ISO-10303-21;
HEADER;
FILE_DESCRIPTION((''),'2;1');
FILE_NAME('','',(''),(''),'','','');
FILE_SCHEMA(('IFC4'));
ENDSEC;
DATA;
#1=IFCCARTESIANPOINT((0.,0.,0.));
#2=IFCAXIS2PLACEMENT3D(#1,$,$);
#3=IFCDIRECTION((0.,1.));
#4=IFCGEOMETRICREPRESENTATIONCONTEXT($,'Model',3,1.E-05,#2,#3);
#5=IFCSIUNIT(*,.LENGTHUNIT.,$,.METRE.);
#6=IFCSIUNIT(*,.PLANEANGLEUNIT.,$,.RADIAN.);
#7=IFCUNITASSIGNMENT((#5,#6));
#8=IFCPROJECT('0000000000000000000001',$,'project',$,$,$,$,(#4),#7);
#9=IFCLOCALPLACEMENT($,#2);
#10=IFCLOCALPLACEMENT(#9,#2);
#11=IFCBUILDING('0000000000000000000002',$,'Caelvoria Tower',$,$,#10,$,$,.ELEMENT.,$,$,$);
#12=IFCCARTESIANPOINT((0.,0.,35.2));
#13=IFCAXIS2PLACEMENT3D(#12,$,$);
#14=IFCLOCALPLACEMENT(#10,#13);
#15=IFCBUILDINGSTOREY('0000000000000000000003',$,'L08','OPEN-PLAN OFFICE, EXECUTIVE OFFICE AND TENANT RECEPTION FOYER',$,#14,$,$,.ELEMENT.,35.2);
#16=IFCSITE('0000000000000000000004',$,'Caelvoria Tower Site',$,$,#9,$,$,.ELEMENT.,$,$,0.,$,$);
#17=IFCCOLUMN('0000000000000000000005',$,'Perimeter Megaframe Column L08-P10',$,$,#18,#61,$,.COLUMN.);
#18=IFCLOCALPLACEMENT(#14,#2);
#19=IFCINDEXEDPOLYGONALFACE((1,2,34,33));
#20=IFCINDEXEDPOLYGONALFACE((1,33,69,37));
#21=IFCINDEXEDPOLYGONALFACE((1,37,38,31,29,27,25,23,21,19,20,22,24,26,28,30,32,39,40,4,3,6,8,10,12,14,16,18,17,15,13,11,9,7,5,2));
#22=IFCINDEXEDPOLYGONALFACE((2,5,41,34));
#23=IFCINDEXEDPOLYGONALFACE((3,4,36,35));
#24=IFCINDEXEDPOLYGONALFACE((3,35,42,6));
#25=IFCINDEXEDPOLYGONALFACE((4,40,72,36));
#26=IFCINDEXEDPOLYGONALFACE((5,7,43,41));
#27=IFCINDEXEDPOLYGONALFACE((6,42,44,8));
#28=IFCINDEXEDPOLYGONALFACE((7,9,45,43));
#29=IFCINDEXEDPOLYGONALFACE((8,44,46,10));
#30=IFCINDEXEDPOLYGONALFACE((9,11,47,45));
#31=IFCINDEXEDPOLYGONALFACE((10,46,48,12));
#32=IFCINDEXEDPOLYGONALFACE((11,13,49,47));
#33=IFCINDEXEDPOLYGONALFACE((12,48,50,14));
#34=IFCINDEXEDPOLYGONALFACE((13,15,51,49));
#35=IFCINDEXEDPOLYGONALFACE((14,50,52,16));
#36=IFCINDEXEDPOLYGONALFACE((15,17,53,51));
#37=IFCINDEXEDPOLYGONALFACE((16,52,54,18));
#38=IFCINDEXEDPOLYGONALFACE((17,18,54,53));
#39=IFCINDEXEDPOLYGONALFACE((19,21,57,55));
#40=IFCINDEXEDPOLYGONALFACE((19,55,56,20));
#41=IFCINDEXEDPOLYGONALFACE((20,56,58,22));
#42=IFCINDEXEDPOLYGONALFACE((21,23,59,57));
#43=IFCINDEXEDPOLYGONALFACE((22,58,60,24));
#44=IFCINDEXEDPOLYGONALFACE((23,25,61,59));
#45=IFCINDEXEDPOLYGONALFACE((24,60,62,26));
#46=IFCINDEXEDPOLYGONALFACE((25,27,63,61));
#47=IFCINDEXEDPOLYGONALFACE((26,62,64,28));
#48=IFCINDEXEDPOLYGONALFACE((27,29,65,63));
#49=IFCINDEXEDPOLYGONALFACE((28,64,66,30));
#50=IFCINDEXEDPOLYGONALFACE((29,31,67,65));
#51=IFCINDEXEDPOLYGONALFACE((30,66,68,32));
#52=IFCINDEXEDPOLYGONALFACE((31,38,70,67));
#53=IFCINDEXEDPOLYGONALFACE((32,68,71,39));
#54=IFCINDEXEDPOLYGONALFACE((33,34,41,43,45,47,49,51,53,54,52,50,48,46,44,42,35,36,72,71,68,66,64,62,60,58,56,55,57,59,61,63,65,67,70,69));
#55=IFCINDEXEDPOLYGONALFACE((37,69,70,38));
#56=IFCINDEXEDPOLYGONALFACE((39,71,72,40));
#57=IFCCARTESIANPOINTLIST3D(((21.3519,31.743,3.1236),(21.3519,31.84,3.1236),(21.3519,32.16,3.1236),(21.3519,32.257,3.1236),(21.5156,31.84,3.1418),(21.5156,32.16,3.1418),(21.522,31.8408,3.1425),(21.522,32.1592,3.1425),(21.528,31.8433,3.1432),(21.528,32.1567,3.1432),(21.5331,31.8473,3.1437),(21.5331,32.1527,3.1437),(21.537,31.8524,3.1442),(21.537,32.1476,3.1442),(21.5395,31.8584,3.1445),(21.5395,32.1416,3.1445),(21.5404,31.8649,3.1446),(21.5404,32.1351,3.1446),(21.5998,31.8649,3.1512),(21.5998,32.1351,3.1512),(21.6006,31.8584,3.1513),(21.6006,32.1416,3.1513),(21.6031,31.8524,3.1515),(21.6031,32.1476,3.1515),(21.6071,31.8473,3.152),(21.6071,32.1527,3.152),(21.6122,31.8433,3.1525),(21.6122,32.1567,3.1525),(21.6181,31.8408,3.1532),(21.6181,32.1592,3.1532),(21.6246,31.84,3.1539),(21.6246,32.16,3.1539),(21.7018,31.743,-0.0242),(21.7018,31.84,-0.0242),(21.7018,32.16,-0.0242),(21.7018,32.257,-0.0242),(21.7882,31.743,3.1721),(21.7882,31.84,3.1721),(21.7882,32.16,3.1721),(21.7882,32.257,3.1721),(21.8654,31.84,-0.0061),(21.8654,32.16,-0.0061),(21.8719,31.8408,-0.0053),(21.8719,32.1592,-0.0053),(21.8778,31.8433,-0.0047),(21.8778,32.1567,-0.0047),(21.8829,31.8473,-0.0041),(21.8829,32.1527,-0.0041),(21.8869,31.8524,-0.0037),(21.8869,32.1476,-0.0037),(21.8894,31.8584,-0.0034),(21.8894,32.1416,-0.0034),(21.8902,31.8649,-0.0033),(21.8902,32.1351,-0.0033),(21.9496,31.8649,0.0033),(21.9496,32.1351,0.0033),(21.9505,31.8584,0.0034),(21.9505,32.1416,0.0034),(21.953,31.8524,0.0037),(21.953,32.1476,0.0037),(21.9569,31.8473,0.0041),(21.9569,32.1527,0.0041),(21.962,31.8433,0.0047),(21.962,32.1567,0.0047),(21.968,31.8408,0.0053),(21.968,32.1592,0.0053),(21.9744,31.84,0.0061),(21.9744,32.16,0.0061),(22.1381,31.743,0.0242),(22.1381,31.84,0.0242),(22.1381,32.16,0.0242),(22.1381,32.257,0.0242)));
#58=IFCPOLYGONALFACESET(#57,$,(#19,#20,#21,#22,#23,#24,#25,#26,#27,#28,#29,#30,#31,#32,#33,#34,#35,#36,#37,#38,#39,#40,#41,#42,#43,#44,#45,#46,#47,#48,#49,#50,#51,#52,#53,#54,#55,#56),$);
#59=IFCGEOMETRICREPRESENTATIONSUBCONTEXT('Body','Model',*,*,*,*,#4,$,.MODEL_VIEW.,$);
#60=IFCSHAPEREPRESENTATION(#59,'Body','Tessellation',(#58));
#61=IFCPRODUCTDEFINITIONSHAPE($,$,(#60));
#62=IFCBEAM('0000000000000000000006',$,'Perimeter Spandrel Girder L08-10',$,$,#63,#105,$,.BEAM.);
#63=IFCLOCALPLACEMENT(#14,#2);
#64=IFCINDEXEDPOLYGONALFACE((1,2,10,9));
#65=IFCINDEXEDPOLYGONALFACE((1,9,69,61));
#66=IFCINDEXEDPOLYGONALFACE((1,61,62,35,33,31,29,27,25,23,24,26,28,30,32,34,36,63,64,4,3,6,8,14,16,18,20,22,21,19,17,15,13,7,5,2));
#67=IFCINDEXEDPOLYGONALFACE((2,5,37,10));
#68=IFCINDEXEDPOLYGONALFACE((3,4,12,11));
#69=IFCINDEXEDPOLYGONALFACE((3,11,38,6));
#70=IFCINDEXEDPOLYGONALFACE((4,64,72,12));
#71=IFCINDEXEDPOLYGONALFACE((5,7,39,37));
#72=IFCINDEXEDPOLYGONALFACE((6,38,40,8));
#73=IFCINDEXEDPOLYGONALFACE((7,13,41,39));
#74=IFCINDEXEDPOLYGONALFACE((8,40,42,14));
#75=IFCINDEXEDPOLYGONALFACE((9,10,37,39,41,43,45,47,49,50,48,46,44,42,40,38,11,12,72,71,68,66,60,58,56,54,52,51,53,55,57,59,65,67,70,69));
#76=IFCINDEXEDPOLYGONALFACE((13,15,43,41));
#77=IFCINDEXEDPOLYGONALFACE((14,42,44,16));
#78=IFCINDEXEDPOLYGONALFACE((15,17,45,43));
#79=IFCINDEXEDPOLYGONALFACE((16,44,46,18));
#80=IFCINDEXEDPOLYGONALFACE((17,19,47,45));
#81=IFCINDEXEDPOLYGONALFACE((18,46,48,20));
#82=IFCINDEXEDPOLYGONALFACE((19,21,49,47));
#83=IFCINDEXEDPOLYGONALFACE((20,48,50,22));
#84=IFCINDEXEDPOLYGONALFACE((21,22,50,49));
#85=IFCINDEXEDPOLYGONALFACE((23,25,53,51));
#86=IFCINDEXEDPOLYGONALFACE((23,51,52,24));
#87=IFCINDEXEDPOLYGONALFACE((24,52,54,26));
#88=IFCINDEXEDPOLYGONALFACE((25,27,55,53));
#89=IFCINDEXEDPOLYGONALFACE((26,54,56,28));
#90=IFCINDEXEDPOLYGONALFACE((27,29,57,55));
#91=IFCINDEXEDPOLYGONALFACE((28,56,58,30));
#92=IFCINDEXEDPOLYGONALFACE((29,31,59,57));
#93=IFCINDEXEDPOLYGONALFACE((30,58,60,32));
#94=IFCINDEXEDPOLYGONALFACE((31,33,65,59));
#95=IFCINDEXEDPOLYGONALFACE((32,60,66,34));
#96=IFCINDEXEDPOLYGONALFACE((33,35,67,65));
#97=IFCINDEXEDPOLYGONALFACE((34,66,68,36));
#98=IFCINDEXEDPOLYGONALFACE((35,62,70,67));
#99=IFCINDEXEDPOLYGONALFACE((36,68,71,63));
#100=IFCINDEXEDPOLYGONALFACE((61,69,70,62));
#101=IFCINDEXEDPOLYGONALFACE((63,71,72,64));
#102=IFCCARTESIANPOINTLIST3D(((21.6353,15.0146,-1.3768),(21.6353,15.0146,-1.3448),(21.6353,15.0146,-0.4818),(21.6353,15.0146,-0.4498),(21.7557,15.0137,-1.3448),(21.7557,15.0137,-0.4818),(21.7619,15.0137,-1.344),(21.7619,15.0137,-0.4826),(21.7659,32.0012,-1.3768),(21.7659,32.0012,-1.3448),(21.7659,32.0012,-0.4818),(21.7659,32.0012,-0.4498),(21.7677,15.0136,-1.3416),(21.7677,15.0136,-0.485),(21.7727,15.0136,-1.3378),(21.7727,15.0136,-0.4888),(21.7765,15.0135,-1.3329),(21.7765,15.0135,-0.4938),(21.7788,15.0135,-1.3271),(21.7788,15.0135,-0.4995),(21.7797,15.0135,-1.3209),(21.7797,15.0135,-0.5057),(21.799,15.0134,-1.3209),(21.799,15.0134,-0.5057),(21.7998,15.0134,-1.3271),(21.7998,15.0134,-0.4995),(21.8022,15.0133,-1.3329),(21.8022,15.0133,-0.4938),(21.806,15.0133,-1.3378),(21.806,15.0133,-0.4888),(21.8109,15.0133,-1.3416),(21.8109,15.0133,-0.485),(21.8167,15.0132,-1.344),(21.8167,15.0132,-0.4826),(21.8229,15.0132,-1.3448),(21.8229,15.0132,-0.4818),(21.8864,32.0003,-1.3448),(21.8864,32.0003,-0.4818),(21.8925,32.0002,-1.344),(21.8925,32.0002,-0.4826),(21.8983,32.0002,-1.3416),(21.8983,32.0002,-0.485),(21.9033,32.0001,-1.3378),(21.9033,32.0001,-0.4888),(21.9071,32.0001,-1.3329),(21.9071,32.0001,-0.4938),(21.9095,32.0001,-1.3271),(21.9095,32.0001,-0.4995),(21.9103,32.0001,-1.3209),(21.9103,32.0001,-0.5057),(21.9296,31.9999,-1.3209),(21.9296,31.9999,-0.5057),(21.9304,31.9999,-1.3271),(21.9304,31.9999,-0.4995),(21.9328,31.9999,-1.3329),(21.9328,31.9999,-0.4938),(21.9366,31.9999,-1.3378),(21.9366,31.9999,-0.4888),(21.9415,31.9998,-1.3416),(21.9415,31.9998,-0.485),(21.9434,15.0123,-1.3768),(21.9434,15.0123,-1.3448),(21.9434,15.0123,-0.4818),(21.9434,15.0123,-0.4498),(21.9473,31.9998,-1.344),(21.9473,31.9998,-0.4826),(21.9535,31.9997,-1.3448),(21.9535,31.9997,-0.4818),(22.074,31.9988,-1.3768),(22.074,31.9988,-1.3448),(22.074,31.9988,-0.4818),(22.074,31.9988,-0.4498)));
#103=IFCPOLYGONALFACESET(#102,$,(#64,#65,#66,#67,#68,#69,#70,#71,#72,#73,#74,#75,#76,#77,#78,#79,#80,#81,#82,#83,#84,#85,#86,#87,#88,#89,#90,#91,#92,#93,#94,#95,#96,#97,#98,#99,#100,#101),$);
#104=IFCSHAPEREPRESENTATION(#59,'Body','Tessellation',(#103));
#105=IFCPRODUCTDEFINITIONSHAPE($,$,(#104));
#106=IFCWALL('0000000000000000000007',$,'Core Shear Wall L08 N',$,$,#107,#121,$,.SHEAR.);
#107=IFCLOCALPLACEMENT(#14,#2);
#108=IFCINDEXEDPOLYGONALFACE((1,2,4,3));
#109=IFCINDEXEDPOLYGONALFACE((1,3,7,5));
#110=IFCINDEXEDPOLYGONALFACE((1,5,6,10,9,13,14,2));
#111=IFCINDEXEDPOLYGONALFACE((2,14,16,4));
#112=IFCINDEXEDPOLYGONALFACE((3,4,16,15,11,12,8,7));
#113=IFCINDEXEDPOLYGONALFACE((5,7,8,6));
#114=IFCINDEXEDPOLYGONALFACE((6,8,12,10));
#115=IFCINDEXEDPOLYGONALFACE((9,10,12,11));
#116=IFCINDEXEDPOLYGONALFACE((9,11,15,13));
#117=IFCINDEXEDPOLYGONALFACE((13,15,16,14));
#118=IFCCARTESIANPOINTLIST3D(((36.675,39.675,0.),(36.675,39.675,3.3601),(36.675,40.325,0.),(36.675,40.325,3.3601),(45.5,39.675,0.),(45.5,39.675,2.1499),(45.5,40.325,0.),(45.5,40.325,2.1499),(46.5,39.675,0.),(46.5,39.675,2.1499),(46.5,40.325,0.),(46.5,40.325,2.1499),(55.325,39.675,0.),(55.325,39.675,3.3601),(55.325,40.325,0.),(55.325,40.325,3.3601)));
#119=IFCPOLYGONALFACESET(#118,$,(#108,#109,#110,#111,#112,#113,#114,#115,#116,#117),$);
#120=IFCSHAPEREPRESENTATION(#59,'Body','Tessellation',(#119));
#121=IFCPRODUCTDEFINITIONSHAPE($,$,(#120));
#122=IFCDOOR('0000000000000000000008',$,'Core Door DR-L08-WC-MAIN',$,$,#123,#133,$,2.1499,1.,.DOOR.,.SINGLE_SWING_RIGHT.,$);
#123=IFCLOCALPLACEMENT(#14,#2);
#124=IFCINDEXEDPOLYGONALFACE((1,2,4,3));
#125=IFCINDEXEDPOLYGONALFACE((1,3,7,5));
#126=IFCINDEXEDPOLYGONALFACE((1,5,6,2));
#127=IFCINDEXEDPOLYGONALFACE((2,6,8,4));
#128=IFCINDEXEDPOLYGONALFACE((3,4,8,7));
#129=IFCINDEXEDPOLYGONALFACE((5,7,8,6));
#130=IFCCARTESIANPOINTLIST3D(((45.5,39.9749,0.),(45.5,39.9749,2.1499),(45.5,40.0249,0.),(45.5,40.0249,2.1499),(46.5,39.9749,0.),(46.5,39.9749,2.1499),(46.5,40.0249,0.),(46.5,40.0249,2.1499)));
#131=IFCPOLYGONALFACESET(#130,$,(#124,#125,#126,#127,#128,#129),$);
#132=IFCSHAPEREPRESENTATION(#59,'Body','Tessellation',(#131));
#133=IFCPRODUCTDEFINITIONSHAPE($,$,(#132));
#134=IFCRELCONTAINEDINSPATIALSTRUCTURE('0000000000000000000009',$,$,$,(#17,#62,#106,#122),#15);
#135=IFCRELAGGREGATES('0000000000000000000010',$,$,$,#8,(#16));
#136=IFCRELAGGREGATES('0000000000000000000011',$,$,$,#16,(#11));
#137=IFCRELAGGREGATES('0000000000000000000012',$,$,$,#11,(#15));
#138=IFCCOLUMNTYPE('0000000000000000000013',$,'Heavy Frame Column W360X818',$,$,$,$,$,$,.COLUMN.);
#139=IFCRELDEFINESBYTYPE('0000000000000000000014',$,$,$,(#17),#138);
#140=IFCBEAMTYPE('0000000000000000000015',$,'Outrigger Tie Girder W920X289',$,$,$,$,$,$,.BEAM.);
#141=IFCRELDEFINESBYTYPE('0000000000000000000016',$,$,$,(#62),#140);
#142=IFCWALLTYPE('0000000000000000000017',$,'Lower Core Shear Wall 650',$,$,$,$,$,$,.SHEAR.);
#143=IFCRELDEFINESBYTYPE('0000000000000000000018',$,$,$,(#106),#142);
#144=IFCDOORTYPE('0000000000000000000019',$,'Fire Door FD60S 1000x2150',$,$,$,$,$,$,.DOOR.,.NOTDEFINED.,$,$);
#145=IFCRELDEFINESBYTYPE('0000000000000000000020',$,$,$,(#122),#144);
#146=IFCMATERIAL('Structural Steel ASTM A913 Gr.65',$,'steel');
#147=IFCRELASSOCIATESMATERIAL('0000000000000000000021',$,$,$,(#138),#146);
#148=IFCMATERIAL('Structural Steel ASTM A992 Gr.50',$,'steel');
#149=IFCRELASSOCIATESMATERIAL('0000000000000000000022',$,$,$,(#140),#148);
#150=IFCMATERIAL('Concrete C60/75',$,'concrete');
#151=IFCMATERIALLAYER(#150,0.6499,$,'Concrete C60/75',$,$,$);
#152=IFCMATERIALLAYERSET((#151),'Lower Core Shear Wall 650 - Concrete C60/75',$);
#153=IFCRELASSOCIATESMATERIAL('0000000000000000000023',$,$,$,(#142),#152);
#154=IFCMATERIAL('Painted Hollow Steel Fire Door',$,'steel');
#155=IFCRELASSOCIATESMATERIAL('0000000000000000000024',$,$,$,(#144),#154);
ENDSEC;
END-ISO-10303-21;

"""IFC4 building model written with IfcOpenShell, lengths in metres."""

from ifc_helpers import new_model, si_unit, direction, frame, frame_2d, origin, origin_2d, place, context, subcontext, project, spatial, rectangle, i_section, extrude, material, layer, layer_set, material_profile, profile_set, type_object, element, fill, save


model = new_model("IFC4")

# Units and contexts
model_context = context("Model", 3, precision=1e-05, world=origin(), true_north=direction((0.0, 1.0)))
body_context = subcontext(model_context, "Body", "Model", "MODEL_VIEW")
ifc_project = project(units=[si_unit("LENGTHUNIT", "METRE"), si_unit("PLANEANGLEUNIT", "RADIAN")], contexts=[model_context])

# Site, building, storey
site_placement = place(None, origin())
site = spatial("IfcSite", under=ifc_project, at=site_placement, Name="Caelvoria Tower Site", CompositionType="ELEMENT", RefElevation=0.0)
building_placement = place(site_placement, origin())
building = spatial("IfcBuilding", under=site, at=building_placement, Name="Caelvoria Tower", CompositionType="ELEMENT")
storey_placement = place(building_placement, frame((0.0, 0.0, 35.2)))
storey = spatial("IfcBuildingStorey", under=building, at=storey_placement, Name="L08", Description="OPEN-PLAN OFFICE, EXECUTIVE OFFICE AND TENANT RECEPTION FOYER", CompositionType="ELEMENT", Elevation=35.2)

# Column
ifc_material_1 = material(Name="Structural Steel ASTM A913 Gr.65", Category="steel")
ifc_material_profile_1 = material_profile(ifc_material_1, i_section(OverallWidth=0.439, OverallDepth=0.5139, WebThickness=0.0598, FlangeThickness=0.0969, FilletRadius=0.0249, at=origin_2d()), Name="Structural Steel ASTM A913 Gr.65")
ifc_profile_set_1 = profile_set([ifc_material_profile_1], Name="W360X818 - Structural Steel ASTM A913 Gr.65")
column_type = type_object("IfcColumnType", Name="Heavy Frame Column W360X818", PredefinedType="COLUMN", material=ifc_profile_set_1)
column_placement = place(storey_placement, frame((21.9199, 32.0, 0.0), z_axis=(-0.110457, 0.0, 0.993881), x_axis=(0.993881, 0.0, 0.110457)))
element("IfcColumn", 1, at=column_placement, inside=storey, type_object=column_type, Name="Perimeter Megaframe Column L08-P10", PredefinedType="COLUMN", context=body_context, shape_type="SweptSolid", body=[
    extrude(i_section(OverallWidth=0.439, OverallDepth=0.5139, WebThickness=0.0598, FlangeThickness=0.0969, FilletRadius=0.0249, at=origin_2d()), origin(), (0.0, 0.0, 1.0), 3.1672),
])

# Beam
ifc_material_2 = material(Name="Structural Steel ASTM A992 Gr.50", Category="steel")
ifc_material_profile_2 = material_profile(ifc_material_2, i_section(OverallWidth=0.3081, OverallDepth=0.927, WebThickness=0.0193, FlangeThickness=0.032, FilletRadius=0.0239, at=origin_2d()), Name="Structural Steel ASTM A992 Gr.50")
ifc_profile_set_2 = profile_set([ifc_material_profile_2], Name="W920X289 - Structural Steel ASTM A992 Gr.50")
beam_type = type_object("IfcBeamType", Name="Outrigger Tie Girder W920X289", PredefinedType="BEAM", material=ifc_profile_set_2)
beam_placement = place(storey_placement, frame((21.9199, 32.0, -0.9133), z_axis=(-0.007689, -0.99997, 0.0), x_axis=(0.99997, -0.007689, 0.0)))
element("IfcBeam", 2, at=beam_placement, inside=storey, type_object=beam_type, Name="Perimeter Spandrel Girder L08-10", PredefinedType="BEAM", context=body_context, shape_type="SweptSolid", body=[
    extrude(i_section(OverallWidth=0.3081, OverallDepth=0.927, WebThickness=0.0193, FlangeThickness=0.032, FilletRadius=0.0239, at=origin_2d()), origin(), (0.0, 0.0, 1.0), 16.9871),
])

# Wall, opening, door
ifc_material_3 = material(Name="Concrete C60/75", Category="concrete")
ifc_layer_1 = layer(ifc_material_3, 0.6499, Name="Concrete C60/75")
ifc_layer_set_1 = layer_set([ifc_layer_1], Name="Lower Core Shear Wall 650 - Concrete C60/75")
wall_type_1 = type_object("IfcWallType", Name="Lower Core Shear Wall 650", PredefinedType="SHEAR", material=ifc_layer_set_1)
wall_1_placement = place(storey_placement, frame((36.675, 40.0, 0.0), z_axis=(0.0, 0.0, 1.0), x_axis=(1.0, 0.0, 0.0)))
wall_1 = element("IfcWall", 3, at=wall_1_placement, inside=storey, type_object=wall_type_1, Name="Core Shear Wall L08 N", PredefinedType="SHEAR", context=body_context, shape_type="SweptSolid", body=[
    extrude(rectangle(XDim=18.6499, YDim=0.6499, at=frame_2d((9.325, 0.0))), origin(), (0.0, 0.0, 1.0), 3.3601),
])
opening_1_placement = place(wall_1_placement, frame((8.825, 0.0, 0.0)))
opening_1 = element("IfcOpeningElement", 4, at=opening_1_placement, cuts=wall_1, PredefinedType="OPENING", context=body_context, shape_type="SweptSolid", body=[
    extrude(rectangle(XDim=1.0, YDim=2.1499, at=frame_2d((0.5, 1.075))), frame((0.0, 0.335, 0.0), z_axis=(0.0, -1.0, 0.0), x_axis=(1.0, 0.0, 0.0)), (0.0, 0.0, 1.0), 0.6699),
])
ifc_material_4 = material(Name="Painted Hollow Steel Fire Door", Category="steel")
door_type_1 = type_object("IfcDoorType", Name="Fire Door FD60S 1000x2150", OperationType="NOTDEFINED", PredefinedType="DOOR", material=ifc_material_4)
door_1_placement = place(opening_1_placement, origin())
door_1 = element("IfcDoor", 5, at=door_1_placement, inside=storey, type_object=door_type_1, Name="Core Door DR-L08-WC-MAIN", OperationType="SINGLE_SWING_RIGHT", OverallHeight=2.1499, OverallWidth=1.0, PredefinedType="DOOR", context=body_context, shape_type="SweptSolid", body=[
    extrude(rectangle(XDim=1.0, YDim=2.1499, at=frame_2d((0.5, 1.075))), frame((0.0, 0.0249, 0.0), z_axis=(0.0, -1.0, 0.0), x_axis=(1.0, 0.0, 0.0)), (0.0, 0.0, 1.0), 0.05),
])
fill(opening_1, door_1)

save(model, "model.ifc")
